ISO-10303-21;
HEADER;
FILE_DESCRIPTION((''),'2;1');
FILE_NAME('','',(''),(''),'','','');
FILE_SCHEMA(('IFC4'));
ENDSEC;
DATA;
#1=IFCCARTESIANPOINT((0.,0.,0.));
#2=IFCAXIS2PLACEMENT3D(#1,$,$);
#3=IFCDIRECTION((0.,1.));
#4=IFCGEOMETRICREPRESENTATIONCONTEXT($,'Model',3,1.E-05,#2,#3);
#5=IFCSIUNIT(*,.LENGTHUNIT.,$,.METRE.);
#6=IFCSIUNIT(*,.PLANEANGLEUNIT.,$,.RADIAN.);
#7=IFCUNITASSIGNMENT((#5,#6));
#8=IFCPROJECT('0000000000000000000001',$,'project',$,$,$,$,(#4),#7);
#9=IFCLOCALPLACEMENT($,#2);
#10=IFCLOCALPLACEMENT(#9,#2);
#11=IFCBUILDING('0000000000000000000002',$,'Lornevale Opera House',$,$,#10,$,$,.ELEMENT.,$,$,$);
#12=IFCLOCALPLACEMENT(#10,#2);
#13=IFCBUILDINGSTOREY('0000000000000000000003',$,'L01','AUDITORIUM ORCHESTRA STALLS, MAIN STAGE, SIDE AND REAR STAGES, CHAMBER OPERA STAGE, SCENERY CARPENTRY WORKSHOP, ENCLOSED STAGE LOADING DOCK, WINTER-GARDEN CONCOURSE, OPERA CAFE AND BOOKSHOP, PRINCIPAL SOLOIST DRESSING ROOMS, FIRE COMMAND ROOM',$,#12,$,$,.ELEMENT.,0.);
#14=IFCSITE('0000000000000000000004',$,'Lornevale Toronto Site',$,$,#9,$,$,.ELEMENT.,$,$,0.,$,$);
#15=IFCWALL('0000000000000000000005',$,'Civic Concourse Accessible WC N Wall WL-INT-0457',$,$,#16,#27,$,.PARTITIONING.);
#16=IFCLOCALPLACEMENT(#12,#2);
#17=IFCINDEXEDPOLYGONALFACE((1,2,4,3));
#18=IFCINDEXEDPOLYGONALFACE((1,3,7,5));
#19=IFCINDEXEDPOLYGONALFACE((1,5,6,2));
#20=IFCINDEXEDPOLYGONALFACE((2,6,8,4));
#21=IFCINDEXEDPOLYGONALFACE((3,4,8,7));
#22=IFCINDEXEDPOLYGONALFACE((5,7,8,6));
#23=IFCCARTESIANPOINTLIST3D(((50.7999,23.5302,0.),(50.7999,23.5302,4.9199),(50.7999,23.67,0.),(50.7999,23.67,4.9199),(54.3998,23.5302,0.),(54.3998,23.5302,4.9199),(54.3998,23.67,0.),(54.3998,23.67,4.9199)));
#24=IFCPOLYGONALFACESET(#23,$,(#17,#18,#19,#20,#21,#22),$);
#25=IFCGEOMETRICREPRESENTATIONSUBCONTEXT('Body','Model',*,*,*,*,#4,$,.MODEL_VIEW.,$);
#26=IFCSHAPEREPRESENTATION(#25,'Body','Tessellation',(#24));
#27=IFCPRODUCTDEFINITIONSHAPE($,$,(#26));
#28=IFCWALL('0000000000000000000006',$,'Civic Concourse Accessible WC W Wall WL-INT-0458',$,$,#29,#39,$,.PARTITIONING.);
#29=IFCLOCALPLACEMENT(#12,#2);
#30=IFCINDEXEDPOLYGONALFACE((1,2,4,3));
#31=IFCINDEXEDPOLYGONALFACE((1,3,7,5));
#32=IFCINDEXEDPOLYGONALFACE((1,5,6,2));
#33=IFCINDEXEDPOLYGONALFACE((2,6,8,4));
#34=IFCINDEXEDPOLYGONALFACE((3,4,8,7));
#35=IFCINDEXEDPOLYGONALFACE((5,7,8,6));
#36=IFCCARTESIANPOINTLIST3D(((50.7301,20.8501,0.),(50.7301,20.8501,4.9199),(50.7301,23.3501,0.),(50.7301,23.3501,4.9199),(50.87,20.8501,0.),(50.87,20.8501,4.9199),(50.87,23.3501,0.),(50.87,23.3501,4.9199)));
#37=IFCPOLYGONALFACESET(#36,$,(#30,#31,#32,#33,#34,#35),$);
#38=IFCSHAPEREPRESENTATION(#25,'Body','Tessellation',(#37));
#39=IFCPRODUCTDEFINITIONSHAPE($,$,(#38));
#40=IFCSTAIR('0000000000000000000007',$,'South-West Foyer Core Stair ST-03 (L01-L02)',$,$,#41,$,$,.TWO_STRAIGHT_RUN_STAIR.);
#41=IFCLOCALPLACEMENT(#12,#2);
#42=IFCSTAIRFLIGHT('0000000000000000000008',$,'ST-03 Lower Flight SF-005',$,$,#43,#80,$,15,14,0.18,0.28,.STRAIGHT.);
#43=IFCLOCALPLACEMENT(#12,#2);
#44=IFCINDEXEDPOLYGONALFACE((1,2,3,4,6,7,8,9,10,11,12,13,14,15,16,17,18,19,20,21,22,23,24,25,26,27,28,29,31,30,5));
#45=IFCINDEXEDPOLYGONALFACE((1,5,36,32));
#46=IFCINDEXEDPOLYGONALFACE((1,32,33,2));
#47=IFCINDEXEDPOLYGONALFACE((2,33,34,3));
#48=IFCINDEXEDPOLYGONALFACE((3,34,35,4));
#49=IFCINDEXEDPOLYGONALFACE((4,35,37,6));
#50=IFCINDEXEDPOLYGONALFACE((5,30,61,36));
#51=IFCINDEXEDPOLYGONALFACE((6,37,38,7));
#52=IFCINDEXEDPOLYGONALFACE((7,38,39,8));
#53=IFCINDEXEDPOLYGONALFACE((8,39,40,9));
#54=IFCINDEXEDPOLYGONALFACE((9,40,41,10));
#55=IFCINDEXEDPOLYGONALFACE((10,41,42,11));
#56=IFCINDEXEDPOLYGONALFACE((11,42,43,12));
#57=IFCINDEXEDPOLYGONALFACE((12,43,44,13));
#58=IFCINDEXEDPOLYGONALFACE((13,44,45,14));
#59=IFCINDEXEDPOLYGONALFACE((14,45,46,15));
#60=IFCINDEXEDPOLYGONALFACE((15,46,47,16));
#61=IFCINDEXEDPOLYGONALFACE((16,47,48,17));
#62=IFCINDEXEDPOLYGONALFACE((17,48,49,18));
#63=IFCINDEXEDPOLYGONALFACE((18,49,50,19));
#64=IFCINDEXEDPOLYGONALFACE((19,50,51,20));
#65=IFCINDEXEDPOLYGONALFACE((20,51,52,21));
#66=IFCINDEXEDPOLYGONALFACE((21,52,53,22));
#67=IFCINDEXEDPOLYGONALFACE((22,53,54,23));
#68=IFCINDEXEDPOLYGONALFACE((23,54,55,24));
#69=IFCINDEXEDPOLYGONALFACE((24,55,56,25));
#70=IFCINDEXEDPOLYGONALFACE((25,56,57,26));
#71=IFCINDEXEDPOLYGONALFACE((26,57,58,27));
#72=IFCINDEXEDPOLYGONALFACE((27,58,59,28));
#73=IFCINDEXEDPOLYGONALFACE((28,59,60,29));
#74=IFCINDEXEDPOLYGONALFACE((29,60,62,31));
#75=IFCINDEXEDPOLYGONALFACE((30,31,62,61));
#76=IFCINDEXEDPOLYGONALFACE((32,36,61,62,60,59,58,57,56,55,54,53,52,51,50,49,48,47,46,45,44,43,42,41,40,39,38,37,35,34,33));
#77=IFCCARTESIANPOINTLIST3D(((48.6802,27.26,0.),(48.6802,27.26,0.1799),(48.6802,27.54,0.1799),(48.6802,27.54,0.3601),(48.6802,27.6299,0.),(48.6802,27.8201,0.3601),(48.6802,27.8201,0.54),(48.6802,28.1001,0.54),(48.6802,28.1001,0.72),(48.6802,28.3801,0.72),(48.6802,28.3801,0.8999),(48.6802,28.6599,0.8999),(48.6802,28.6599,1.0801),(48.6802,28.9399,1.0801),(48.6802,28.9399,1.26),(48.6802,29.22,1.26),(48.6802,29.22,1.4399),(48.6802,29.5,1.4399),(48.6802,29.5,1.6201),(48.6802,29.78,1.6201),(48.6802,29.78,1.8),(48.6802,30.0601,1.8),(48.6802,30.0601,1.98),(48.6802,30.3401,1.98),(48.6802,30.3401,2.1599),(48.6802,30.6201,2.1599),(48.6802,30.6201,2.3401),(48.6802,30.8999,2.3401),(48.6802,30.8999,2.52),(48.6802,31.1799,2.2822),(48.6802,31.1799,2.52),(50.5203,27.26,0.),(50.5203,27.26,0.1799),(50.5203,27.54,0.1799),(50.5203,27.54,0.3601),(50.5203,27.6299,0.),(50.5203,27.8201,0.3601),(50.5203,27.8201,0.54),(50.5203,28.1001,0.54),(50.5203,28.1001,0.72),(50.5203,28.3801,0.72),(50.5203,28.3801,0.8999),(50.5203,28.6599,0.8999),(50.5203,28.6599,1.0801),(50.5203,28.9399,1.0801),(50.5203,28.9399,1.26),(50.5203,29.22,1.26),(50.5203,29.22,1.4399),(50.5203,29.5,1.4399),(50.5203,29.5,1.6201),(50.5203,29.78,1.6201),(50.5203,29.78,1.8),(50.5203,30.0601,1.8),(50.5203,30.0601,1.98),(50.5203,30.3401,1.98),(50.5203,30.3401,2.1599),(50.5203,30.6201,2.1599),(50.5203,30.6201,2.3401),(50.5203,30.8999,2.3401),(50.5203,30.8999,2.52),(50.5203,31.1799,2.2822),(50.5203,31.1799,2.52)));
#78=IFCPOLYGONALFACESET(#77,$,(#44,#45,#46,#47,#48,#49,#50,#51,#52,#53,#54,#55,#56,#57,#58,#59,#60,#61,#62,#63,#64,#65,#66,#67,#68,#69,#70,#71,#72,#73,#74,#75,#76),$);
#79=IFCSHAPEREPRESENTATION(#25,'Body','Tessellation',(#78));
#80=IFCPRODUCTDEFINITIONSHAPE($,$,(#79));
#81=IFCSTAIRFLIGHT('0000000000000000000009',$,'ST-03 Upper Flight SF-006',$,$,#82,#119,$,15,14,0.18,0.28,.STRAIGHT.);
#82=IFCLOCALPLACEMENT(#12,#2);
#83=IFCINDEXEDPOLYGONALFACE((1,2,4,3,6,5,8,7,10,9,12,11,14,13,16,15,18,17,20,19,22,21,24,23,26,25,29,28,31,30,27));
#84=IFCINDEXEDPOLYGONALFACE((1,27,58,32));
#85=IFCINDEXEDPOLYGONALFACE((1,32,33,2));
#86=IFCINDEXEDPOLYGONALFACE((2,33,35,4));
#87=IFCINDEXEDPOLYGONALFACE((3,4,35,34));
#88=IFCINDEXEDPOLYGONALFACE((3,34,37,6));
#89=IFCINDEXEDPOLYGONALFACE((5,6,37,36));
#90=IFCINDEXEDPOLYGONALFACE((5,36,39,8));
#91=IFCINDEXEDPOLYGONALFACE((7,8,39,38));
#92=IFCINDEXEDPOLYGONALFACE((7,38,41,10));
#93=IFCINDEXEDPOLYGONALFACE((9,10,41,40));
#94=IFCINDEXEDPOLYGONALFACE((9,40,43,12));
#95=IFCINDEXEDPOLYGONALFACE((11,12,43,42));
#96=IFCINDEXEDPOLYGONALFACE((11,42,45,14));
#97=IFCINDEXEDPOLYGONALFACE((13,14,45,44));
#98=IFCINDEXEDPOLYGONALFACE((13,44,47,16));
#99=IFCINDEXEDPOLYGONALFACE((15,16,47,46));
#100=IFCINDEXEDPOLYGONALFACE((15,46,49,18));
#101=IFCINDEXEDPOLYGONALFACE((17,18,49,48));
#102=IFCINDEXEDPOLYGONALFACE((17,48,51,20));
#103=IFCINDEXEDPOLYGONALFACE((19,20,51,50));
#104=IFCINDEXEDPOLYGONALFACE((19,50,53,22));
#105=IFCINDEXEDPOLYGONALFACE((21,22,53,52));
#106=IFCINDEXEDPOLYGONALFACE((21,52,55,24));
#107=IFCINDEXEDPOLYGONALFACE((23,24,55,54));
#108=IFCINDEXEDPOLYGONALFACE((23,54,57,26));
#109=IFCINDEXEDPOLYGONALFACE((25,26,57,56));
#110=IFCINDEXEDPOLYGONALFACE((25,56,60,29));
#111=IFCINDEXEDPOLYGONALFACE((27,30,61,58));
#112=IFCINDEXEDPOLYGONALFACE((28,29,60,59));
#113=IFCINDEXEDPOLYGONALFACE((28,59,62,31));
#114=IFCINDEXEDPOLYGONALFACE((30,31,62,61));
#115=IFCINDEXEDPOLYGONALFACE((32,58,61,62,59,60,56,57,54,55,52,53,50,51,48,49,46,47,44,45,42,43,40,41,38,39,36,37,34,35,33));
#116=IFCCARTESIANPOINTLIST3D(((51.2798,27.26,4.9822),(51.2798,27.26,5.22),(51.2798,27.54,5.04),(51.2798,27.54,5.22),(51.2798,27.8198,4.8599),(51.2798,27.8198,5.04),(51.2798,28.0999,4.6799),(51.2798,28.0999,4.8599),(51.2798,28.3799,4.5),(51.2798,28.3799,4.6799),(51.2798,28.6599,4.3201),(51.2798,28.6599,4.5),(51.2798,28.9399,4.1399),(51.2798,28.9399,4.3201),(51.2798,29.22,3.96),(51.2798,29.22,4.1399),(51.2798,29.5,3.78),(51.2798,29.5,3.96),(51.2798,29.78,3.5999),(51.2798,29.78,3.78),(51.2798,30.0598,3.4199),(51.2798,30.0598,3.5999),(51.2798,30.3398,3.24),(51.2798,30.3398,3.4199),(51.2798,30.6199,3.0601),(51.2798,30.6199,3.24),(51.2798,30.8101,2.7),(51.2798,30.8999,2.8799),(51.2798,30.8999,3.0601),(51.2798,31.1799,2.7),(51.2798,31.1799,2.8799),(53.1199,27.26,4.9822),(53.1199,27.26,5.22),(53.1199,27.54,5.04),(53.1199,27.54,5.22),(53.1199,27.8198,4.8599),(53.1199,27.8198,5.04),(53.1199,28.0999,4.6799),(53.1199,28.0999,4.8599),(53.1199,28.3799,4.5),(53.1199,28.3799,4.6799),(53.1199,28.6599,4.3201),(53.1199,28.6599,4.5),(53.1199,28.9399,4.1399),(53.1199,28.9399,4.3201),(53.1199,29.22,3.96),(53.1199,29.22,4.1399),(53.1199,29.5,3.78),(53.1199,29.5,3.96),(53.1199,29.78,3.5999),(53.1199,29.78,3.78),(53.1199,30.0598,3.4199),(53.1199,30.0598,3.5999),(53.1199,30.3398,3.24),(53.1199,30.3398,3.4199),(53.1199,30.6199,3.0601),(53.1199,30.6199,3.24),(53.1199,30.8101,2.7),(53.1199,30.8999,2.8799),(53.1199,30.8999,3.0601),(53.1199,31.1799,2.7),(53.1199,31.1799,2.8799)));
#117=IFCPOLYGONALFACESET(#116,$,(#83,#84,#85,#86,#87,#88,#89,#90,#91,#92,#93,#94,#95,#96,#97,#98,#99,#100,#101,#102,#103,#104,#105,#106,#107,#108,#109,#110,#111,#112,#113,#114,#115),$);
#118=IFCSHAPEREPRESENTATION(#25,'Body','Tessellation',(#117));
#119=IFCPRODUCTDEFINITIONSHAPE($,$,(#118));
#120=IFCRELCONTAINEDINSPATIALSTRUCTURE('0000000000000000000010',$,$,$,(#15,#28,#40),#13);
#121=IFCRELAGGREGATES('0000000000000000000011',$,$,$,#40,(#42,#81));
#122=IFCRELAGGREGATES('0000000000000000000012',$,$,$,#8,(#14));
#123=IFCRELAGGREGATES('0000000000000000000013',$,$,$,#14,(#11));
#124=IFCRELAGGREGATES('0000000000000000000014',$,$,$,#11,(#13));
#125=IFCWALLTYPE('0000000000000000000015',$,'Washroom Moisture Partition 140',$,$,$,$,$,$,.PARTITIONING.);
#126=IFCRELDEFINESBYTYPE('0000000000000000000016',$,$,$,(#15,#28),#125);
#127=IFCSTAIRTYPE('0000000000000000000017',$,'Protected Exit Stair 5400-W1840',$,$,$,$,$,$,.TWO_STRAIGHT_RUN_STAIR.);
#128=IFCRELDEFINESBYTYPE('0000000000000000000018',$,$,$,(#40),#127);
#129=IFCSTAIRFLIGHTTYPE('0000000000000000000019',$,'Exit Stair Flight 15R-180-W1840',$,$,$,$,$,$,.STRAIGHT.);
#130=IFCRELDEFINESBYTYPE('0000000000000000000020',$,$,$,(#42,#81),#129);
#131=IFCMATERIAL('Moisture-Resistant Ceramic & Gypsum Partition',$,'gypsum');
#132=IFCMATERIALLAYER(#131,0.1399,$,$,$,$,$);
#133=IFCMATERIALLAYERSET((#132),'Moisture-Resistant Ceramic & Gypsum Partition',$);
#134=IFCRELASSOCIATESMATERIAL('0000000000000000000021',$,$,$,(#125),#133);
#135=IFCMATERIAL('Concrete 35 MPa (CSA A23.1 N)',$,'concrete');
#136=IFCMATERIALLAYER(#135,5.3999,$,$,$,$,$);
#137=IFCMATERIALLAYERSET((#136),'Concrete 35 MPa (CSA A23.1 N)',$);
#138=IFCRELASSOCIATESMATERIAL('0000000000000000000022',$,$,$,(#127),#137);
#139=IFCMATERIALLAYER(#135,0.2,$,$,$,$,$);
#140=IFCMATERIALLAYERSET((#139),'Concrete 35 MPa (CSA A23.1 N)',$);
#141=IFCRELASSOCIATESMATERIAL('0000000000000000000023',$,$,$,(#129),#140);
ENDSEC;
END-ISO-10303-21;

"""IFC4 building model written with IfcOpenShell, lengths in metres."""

from ifc_helpers import new_model, si_unit, direction, frame, frame_2d, origin, place, context, subcontext, project, spatial, polyline, rectangle, outline, extrude, material, layer, layer_set, type_object, element, aggregate, save


model = new_model("IFC4")

# Units and contexts
model_context = context("Model", 3, precision=1e-05, world=origin(), true_north=direction((0.0, 1.0)))
body_context = subcontext(model_context, "Body", "Model", "MODEL_VIEW")
ifc_project = project(units=[si_unit("LENGTHUNIT", "METRE"), si_unit("PLANEANGLEUNIT", "RADIAN")], contexts=[model_context])

# Site, building, storey
site_placement = place(None, origin())
site = spatial("IfcSite", under=ifc_project, at=site_placement, Name="Lornevale Toronto Site", CompositionType="ELEMENT", RefElevation=0.0)
building_placement = place(site_placement, origin())
building = spatial("IfcBuilding", under=site, at=building_placement, Name="Lornevale Opera House", CompositionType="ELEMENT")
storey_placement = place(building_placement, origin())
storey = spatial("IfcBuildingStorey", under=building, at=storey_placement, Name="L01", Description="AUDITORIUM ORCHESTRA STALLS, MAIN STAGE, SIDE AND REAR STAGES, CHAMBER OPERA STAGE, SCENERY CARPENTRY WORKSHOP, ENCLOSED STAGE LOADING DOCK, WINTER-GARDEN CONCOURSE, OPERA CAFE AND BOOKSHOP, PRINCIPAL SOLOIST DRESSING ROOMS, FIRE COMMAND ROOM", CompositionType="ELEMENT", Elevation=0.0)

# Shared definitions
ifc_material_1 = material(Name="Concrete 35 MPa (CSA A23.1 N)", Category="concrete")

# Shared definitions
ifc_material_2 = material(Name="Moisture-Resistant Ceramic & Gypsum Partition", Category="gypsum")
ifc_layer_1 = layer(ifc_material_2, 0.1399)
ifc_layer_set_1 = layer_set([ifc_layer_1], Name="Moisture-Resistant Ceramic & Gypsum Partition")
wall_type_1 = type_object("IfcWallType", Name="Washroom Moisture Partition 140", PredefinedType="PARTITIONING", material=ifc_layer_set_1)

# Walls
wall_1_placement = place(storey_placement, frame((50.8, 23.6001, 0.0), z_axis=(0.0, 0.0, 1.0), x_axis=(1.0, 0.0, 0.0)))
element("IfcWall", 1, at=wall_1_placement, inside=storey, type_object=wall_type_1, Name="Civic Concourse Accessible WC N Wall WL-INT-0457", PredefinedType="PARTITIONING", context=body_context, shape_type="SweptSolid", body=[
    extrude(rectangle(XDim=3.5999, YDim=0.1399, at=frame_2d((1.7998, 0.0))), origin(), (0.0, 0.0, 1.0), 4.9199),
])
wall_2_placement = place(storey_placement, frame((50.8, 20.8501, 0.0), z_axis=(0.0, 0.0, 1.0), x_axis=(0.0, 1.0, 0.0)))
element("IfcWall", 2, at=wall_2_placement, inside=storey, type_object=wall_type_1, Name="Civic Concourse Accessible WC W Wall WL-INT-0458", PredefinedType="PARTITIONING", context=body_context, shape_type="SweptSolid", body=[
    extrude(rectangle(XDim=2.5, YDim=0.1399, at=frame_2d((1.25, 0.0))), origin(), (0.0, 0.0, 1.0), 4.9199),
])

# Stair, stair flights
ifc_layer_2 = layer(ifc_material_1, 5.3999)
ifc_layer_set_2 = layer_set([ifc_layer_2], Name="Concrete 35 MPa (CSA A23.1 N)")
stair_type = type_object("IfcStairType", Name="Protected Exit Stair 5400-W1840", PredefinedType="TWO_STRAIGHT_RUN_STAIR", material=ifc_layer_set_2)
stair_placement = place(storey_placement, origin())
stair = element("IfcStair", 3, at=stair_placement, inside=storey, type_object=stair_type, Name="South-West Foyer Core Stair ST-03 (L01-L02)", PredefinedType="TWO_STRAIGHT_RUN_STAIR")
ifc_layer_3 = layer(ifc_material_1, 0.2)
ifc_layer_set_3 = layer_set([ifc_layer_3], Name="Concrete 35 MPa (CSA A23.1 N)")
stair_flight_type = type_object("IfcStairFlightType", Name="Exit Stair Flight 15R-180-W1840", PredefinedType="STRAIGHT", material=ifc_layer_set_3)
stair_flight_1_placement = place(storey_placement, frame((49.6001, 27.26, 0.0), z_axis=(0.0, 0.0, 1.0), x_axis=(0.0, 1.0, 0.0)))
stair_flight_1 = element("IfcStairFlight", 4, at=stair_flight_1_placement, type_object=stair_flight_type, Name="ST-03 Lower Flight SF-005", NumberOfRisers=15, NumberOfTreads=14, PredefinedType="STRAIGHT", RiserHeight=0.18, TreadLength=0.28, context=body_context, shape_type="SweptSolid", body=[
    extrude(outline(polyline([(0.0, 0.0), (0.0, 0.1799), (0.28, 0.1799), (0.28, 0.3601), (0.5601, 0.3601), (0.5601, 0.54), (0.8401, 0.54), (0.8401, 0.72), (1.1201, 0.72), (1.1201, 0.8999), (1.3999, 0.8999), (1.3999, 1.0801), (1.6799, 1.0801), (1.6799, 1.26), (1.96, 1.26), (1.96, 1.4399), (2.24, 1.4399), (2.24, 1.6201), (2.52, 1.6201), (2.52, 1.8), (2.8, 1.8), (2.8, 1.98), (3.0801, 1.98), (3.0801, 2.1599), (3.3601, 2.1599), (3.3601, 2.3401), (3.6399, 2.3401), (3.6399, 2.52), (3.9199, 2.52), (3.9199, 2.2822), (0.3699, 0.0), (0.0, 0.0)])), frame((0.0, 0.9199, 0.0), z_axis=(0.0, -1.0, 0.0), x_axis=(1.0, 0.0, 0.0)), (0.0, 0.0, 1.0), 1.8401),
])
stair_flight_2_placement = place(storey_placement, frame((52.2, 31.1799, 2.7), z_axis=(0.0, 0.0, 1.0), x_axis=(0.0, -1.0, 0.0)))
stair_flight_2 = element("IfcStairFlight", 5, at=stair_flight_2_placement, type_object=stair_flight_type, Name="ST-03 Upper Flight SF-006", NumberOfRisers=15, NumberOfTreads=14, PredefinedType="STRAIGHT", RiserHeight=0.18, TreadLength=0.28, context=body_context, shape_type="SweptSolid", body=[
    extrude(outline(polyline([(0.0, 0.0), (0.0, 0.1799), (0.28, 0.1799), (0.28, 0.3601), (0.5601, 0.3601), (0.5601, 0.54), (0.8401, 0.54), (0.8401, 0.72), (1.1201, 0.72), (1.1201, 0.8999), (1.3999, 0.8999), (1.3999, 1.0801), (1.6799, 1.0801), (1.6799, 1.26), (1.96, 1.26), (1.96, 1.4399), (2.24, 1.4399), (2.24, 1.6201), (2.52, 1.6201), (2.52, 1.8), (2.8, 1.8), (2.8, 1.98), (3.0801, 1.98), (3.0801, 2.1599), (3.3601, 2.1599), (3.3601, 2.3401), (3.6399, 2.3401), (3.6399, 2.52), (3.9199, 2.52), (3.9199, 2.2822), (0.3699, 0.0), (0.0, 0.0)])), frame((0.0, 0.9199, 0.0), z_axis=(0.0, -1.0, 0.0), x_axis=(1.0, 0.0, 0.0)), (0.0, 0.0, 1.0), 1.8401),
])
aggregate(stair, [stair_flight_1, stair_flight_2])

save(model, "model.ifc")
